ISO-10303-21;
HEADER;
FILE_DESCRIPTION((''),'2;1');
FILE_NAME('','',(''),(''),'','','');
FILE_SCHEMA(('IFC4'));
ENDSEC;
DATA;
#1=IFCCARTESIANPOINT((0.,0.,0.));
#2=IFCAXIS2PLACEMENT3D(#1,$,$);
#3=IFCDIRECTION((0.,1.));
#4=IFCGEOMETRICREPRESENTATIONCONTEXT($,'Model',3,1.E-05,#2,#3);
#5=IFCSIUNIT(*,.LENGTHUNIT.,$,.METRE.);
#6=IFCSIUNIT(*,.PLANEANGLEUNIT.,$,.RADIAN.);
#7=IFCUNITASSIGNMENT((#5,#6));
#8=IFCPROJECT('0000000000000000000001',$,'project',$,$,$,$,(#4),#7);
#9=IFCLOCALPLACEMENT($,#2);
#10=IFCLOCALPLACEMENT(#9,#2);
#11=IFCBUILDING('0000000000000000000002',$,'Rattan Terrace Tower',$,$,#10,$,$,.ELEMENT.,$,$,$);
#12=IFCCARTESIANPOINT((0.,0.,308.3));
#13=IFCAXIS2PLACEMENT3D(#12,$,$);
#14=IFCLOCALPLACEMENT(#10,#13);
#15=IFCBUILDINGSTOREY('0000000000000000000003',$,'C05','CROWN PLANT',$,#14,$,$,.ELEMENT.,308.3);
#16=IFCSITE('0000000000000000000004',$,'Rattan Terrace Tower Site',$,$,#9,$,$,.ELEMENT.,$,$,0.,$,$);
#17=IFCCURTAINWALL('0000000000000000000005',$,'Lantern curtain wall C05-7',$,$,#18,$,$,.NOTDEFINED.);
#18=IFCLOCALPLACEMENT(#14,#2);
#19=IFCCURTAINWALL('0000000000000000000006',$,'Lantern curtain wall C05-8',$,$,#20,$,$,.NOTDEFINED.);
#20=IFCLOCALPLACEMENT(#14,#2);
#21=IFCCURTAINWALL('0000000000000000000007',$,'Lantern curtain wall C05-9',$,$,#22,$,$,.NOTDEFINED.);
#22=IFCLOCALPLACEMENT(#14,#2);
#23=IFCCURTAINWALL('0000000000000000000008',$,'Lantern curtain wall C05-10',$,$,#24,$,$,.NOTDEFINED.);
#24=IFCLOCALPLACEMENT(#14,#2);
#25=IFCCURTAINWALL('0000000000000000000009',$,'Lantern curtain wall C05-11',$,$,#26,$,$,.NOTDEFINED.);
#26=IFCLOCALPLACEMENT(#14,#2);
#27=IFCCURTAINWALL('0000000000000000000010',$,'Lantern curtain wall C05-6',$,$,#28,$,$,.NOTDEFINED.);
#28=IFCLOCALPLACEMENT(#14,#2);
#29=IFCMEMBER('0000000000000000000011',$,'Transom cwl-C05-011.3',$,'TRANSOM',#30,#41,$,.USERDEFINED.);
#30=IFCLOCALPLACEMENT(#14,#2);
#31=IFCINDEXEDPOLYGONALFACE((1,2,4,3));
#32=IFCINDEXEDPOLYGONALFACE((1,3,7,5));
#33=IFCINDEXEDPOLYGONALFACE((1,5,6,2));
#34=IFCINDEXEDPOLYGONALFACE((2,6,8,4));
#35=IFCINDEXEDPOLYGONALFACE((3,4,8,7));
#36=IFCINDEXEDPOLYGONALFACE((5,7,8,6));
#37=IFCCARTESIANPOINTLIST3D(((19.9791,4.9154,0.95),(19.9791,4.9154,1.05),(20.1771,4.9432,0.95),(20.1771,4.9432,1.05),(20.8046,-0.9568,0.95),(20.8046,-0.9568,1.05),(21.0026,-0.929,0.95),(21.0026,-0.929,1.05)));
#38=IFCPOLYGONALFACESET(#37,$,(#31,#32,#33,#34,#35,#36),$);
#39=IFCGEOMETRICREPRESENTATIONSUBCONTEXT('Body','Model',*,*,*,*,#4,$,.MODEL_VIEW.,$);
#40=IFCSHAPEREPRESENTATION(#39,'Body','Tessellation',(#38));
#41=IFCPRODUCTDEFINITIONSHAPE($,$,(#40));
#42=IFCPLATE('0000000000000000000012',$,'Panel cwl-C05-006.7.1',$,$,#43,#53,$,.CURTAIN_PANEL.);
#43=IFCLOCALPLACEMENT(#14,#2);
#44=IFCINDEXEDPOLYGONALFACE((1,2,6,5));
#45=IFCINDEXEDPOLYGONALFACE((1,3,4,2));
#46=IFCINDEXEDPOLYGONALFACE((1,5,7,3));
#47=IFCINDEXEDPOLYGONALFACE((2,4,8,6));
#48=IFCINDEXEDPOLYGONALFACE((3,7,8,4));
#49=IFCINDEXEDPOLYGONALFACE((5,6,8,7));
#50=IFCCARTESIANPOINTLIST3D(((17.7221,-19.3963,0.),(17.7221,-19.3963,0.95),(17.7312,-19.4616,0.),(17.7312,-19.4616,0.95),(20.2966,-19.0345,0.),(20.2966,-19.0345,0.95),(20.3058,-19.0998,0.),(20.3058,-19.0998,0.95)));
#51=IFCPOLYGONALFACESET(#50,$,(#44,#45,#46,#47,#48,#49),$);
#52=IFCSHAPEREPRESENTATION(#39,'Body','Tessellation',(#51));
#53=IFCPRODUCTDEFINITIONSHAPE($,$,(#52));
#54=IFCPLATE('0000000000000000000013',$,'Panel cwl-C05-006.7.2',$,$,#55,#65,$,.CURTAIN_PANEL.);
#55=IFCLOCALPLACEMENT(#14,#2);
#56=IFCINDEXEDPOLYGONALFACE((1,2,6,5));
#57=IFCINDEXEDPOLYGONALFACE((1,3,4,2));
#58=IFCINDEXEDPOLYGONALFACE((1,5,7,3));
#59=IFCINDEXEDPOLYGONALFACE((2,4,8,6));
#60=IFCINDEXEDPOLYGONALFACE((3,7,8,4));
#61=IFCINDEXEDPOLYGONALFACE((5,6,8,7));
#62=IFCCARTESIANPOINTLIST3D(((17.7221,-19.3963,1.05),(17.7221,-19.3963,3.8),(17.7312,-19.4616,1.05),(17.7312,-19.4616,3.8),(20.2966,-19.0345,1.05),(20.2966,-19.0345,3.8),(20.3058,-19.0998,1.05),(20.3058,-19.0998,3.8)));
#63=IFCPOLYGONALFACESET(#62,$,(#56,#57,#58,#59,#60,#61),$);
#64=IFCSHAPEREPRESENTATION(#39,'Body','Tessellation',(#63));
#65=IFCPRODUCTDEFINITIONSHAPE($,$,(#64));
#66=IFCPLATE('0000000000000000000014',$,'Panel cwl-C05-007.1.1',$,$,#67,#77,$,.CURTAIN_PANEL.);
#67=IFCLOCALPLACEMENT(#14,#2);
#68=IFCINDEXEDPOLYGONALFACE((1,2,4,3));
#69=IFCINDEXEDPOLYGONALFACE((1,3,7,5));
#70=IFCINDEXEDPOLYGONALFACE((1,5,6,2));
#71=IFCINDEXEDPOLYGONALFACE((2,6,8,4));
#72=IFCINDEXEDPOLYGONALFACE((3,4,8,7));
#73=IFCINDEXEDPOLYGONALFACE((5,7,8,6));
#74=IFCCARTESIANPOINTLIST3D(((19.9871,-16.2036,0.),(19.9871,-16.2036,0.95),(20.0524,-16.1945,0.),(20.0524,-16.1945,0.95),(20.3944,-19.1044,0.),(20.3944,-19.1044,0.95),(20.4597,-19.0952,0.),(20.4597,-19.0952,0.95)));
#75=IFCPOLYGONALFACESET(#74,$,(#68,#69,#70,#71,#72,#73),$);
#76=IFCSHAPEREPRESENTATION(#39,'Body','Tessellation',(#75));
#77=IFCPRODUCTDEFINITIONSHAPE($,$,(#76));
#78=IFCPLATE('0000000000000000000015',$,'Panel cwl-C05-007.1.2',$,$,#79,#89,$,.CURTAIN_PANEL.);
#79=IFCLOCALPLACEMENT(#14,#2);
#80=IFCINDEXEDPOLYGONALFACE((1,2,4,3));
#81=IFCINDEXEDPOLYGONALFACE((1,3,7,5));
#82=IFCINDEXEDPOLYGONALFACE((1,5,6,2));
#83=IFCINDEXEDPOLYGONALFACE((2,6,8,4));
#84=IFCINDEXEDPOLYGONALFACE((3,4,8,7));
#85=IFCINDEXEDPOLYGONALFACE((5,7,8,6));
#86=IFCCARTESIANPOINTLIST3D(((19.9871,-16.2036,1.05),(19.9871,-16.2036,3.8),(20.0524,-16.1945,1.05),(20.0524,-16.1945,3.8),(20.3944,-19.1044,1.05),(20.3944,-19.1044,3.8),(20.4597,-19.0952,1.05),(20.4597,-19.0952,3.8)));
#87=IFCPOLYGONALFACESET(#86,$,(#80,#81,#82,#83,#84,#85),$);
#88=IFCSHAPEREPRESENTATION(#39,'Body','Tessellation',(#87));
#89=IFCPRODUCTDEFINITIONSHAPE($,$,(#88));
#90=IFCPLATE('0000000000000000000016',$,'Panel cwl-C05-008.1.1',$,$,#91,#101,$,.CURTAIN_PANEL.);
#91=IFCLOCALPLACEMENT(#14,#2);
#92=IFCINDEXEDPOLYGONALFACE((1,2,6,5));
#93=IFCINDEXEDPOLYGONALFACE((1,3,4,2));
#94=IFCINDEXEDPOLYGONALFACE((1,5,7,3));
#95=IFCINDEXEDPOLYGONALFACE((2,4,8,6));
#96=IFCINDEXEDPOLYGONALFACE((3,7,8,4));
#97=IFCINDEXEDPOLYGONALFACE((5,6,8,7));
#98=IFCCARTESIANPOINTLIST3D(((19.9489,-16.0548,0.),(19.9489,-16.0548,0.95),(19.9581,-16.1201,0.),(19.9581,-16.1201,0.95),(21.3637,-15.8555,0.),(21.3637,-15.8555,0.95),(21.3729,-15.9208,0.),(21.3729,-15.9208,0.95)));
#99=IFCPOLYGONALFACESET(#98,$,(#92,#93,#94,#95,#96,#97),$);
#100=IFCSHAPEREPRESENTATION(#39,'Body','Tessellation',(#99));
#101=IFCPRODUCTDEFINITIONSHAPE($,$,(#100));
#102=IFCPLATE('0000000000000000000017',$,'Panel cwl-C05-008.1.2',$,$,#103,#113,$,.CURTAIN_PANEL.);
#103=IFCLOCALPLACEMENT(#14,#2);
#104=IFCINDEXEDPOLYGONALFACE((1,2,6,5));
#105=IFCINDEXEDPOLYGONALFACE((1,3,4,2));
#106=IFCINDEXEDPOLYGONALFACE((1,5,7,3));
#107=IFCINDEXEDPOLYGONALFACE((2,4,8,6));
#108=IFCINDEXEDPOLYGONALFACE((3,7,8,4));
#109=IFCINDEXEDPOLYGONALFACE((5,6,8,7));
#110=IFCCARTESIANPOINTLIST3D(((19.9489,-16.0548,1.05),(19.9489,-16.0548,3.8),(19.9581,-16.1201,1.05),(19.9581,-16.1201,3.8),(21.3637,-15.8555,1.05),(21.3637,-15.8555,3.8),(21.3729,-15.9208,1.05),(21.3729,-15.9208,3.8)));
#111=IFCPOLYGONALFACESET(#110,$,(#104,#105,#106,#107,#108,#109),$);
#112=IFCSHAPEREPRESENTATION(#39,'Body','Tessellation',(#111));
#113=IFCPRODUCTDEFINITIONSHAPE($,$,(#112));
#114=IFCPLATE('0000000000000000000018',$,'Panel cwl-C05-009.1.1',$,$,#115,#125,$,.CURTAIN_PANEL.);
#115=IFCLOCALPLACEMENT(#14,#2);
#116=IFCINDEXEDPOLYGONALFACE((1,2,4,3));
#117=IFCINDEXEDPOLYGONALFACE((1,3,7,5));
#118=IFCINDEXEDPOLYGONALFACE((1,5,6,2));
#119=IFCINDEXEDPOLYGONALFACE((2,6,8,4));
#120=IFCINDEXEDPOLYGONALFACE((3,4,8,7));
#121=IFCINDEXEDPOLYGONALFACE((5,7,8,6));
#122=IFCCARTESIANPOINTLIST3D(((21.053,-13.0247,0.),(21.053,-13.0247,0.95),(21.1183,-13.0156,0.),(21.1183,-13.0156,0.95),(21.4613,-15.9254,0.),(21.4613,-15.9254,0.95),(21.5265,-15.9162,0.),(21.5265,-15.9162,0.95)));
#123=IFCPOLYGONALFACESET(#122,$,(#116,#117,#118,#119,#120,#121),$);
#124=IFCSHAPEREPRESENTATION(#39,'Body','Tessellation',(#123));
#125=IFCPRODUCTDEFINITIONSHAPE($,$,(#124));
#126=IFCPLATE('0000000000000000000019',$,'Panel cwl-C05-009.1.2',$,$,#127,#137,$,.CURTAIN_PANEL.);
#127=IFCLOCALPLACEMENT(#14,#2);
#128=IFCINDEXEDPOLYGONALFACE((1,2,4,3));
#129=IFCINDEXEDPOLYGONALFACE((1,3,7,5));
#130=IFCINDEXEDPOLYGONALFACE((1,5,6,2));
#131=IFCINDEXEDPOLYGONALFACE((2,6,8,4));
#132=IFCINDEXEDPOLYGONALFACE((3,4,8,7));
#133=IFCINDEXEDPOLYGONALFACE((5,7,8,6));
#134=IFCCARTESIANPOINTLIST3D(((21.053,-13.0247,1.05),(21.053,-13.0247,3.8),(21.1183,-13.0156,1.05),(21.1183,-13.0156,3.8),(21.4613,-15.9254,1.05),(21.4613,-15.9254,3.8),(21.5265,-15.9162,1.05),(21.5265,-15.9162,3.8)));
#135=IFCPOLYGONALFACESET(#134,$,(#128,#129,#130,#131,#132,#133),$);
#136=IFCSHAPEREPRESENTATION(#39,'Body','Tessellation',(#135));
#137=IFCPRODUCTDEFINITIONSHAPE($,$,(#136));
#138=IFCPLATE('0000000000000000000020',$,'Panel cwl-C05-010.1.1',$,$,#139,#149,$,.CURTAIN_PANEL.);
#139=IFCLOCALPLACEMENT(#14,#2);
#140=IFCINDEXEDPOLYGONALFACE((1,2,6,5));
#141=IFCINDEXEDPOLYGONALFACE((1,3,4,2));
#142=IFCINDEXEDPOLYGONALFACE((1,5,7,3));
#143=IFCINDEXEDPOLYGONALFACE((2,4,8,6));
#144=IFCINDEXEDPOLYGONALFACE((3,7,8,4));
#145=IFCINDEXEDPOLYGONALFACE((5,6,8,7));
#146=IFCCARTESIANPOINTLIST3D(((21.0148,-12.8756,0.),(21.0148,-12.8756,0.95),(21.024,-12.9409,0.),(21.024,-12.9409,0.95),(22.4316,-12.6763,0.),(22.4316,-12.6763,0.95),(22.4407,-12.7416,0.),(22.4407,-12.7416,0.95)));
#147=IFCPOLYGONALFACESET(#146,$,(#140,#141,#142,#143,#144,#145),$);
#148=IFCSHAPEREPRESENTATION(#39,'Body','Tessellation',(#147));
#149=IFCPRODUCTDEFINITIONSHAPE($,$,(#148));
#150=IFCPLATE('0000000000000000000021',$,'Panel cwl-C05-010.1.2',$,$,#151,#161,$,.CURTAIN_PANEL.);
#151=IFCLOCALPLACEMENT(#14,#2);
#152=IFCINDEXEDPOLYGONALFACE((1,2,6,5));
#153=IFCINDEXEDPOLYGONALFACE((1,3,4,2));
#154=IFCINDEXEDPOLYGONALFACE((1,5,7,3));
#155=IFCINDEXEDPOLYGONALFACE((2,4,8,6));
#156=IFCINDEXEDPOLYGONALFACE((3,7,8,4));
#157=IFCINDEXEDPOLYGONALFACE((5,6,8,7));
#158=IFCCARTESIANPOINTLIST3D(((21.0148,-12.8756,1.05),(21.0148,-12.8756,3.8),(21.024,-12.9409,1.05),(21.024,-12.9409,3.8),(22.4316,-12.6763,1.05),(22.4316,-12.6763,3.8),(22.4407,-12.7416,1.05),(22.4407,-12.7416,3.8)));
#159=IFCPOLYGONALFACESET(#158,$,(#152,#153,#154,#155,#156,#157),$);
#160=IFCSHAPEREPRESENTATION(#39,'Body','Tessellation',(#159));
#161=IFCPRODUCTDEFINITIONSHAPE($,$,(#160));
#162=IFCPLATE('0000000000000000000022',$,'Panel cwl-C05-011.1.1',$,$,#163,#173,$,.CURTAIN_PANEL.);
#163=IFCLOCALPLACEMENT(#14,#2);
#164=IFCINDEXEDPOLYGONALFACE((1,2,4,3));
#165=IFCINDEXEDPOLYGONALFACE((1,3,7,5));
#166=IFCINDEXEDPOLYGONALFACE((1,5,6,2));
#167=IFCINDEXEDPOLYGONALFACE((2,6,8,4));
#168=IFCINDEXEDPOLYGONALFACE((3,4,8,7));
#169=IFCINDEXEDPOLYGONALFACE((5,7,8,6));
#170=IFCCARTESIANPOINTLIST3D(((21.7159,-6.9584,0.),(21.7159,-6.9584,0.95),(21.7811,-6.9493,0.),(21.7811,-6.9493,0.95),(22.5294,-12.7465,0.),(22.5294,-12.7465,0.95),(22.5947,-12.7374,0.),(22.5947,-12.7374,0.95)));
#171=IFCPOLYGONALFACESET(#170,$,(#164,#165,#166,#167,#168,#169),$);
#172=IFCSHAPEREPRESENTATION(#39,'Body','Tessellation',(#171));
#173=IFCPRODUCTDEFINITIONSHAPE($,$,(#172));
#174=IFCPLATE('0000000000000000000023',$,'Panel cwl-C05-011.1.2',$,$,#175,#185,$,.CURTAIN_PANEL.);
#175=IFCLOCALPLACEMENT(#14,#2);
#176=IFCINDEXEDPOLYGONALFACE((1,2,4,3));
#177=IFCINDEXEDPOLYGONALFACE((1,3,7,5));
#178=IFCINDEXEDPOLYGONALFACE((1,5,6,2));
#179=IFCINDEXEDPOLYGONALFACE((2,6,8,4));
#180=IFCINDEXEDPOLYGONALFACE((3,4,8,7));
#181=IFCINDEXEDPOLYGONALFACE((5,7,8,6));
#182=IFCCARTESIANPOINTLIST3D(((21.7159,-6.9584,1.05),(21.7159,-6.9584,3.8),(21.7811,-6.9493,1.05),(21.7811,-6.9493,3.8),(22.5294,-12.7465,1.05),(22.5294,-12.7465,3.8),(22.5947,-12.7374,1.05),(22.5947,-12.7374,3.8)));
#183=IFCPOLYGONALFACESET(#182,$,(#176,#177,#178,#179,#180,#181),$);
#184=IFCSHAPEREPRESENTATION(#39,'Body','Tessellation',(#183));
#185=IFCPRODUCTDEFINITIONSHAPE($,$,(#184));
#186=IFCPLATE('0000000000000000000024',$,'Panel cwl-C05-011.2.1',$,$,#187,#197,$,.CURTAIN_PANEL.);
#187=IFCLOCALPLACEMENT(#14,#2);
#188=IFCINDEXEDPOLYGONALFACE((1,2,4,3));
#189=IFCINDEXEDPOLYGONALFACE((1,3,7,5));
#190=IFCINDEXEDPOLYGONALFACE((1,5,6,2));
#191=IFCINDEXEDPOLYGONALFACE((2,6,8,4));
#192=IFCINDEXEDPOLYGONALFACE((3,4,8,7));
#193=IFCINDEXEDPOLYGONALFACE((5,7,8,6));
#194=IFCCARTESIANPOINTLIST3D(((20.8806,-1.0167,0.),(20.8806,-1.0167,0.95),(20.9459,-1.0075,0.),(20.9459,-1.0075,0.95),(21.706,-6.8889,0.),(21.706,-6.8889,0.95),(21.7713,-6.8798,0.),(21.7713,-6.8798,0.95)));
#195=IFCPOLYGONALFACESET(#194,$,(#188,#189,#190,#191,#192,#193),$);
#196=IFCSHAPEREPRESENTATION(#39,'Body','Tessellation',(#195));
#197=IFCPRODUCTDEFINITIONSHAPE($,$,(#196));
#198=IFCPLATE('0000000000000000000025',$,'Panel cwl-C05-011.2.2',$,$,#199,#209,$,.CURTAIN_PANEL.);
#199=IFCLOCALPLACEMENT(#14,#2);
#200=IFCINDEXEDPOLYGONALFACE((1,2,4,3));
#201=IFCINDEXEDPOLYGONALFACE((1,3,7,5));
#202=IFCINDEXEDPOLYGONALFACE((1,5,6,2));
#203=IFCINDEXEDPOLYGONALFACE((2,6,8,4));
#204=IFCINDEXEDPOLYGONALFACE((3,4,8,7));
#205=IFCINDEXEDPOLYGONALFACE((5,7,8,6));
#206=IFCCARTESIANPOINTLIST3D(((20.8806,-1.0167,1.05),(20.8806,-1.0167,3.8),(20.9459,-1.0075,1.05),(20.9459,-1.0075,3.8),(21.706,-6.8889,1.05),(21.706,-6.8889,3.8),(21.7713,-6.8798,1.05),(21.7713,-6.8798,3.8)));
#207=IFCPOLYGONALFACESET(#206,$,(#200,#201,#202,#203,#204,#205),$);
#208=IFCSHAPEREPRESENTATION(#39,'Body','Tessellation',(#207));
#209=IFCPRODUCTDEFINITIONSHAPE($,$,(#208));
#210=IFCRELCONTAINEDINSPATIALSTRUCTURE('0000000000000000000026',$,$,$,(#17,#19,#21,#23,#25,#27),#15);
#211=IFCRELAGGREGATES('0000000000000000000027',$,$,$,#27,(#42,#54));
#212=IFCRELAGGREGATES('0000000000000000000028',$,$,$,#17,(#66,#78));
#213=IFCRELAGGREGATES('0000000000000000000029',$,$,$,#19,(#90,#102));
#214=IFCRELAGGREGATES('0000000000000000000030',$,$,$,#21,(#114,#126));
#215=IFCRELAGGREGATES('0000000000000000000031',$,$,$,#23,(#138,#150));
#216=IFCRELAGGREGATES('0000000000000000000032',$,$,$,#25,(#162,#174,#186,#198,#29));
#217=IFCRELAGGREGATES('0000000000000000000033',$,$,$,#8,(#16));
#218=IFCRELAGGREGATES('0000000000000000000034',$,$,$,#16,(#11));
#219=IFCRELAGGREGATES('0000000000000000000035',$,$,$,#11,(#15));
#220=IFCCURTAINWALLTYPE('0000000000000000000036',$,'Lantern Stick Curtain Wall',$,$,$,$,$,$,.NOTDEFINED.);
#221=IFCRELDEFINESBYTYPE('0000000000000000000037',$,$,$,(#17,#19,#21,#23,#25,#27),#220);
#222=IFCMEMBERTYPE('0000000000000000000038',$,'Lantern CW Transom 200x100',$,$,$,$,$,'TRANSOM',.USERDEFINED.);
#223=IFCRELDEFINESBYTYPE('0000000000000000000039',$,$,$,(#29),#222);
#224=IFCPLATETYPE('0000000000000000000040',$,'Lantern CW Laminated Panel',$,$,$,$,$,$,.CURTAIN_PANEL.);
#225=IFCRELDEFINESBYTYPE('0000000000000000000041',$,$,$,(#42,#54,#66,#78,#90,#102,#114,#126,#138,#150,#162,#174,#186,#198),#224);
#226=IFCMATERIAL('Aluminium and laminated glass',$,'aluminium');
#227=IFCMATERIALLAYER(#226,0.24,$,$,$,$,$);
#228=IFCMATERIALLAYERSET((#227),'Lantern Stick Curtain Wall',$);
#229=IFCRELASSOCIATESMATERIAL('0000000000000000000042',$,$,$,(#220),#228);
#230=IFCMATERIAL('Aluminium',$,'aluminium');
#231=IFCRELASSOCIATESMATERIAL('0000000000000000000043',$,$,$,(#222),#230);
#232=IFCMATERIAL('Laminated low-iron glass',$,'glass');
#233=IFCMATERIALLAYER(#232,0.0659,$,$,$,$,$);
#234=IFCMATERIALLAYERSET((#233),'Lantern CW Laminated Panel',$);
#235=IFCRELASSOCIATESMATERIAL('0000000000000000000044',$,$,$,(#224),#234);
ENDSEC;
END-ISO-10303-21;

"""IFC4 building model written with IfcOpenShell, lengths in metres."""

from ifc_helpers import new_model, si_unit, direction, frame, origin, origin_2d, place, context, subcontext, project, spatial, rectangle, extrude, material, layer, layer_set, material_profile, profile_set, type_object, element, aggregate, save


model = new_model("IFC4")

# Units and contexts
model_context = context("Model", 3, precision=1e-05, world=origin(), true_north=direction((0.0, 1.0)))
body_context = subcontext(model_context, "Body", "Model", "MODEL_VIEW")
ifc_project = project(units=[si_unit("LENGTHUNIT", "METRE"), si_unit("PLANEANGLEUNIT", "RADIAN")], contexts=[model_context])

# Site, building, storey
site_placement = place(None, origin())
site = spatial("IfcSite", under=ifc_project, at=site_placement, Name="Rattan Terrace Tower Site", CompositionType="ELEMENT", RefElevation=0.0)
building_placement = place(site_placement, origin())
building = spatial("IfcBuilding", under=site, at=building_placement, Name="Rattan Terrace Tower", CompositionType="ELEMENT")
storey_placement = place(building_placement, frame((0.0, 0.0, 308.3)))
storey = spatial("IfcBuildingStorey", under=building, at=storey_placement, Name="C05", Description="CROWN PLANT", CompositionType="ELEMENT", Elevation=308.3)

# Curtain walls
ifc_material_1 = material(Name="Aluminium and laminated glass", Category="aluminium")
ifc_layer_1 = layer(ifc_material_1, 0.24)
ifc_layer_set_1 = layer_set([ifc_layer_1], Name="Lantern Stick Curtain Wall")
curtain_wall_type = type_object("IfcCurtainWallType", Name="Lantern Stick Curtain Wall", PredefinedType="NOTDEFINED", material=ifc_layer_set_1)
curtain_wall_1_placement = place(storey_placement, origin())
curtain_wall_1 = element("IfcCurtainWall", 1, at=curtain_wall_1_placement, inside=storey, type_object=curtain_wall_type, Name="Lantern curtain wall C05-7", PredefinedType="NOTDEFINED")
curtain_wall_2_placement = place(storey_placement, origin())
curtain_wall_2 = element("IfcCurtainWall", 2, at=curtain_wall_2_placement, inside=storey, type_object=curtain_wall_type, Name="Lantern curtain wall C05-8", PredefinedType="NOTDEFINED")
curtain_wall_3_placement = place(storey_placement, origin())
curtain_wall_3 = element("IfcCurtainWall", 3, at=curtain_wall_3_placement, inside=storey, type_object=curtain_wall_type, Name="Lantern curtain wall C05-9", PredefinedType="NOTDEFINED")
curtain_wall_4_placement = place(storey_placement, origin())
curtain_wall_4 = element("IfcCurtainWall", 4, at=curtain_wall_4_placement, inside=storey, type_object=curtain_wall_type, Name="Lantern curtain wall C05-10", PredefinedType="NOTDEFINED")

# Curtain wall
curtain_wall_5_placement = place(storey_placement, origin())
curtain_wall_5 = element("IfcCurtainWall", 5, at=curtain_wall_5_placement, inside=storey, type_object=curtain_wall_type, Name="Lantern curtain wall C05-11", PredefinedType="NOTDEFINED")

# Curtain wall
curtain_wall_6_placement = place(storey_placement, origin())
curtain_wall_6 = element("IfcCurtainWall", 6, at=curtain_wall_6_placement, inside=storey, type_object=curtain_wall_type, Name="Lantern curtain wall C05-6", PredefinedType="NOTDEFINED")
ifc_material_2 = material(Name="Aluminium", Category="aluminium")
ifc_material_profile_1 = material_profile(ifc_material_2, rectangle(XDim=0.2, YDim=0.1001, at=origin_2d()), Name="Aluminium 200x100")
ifc_profile_set_1 = profile_set([ifc_material_profile_1], Name="Aluminium")
member_type_1 = type_object("IfcMemberType", Name="Lantern CW Transom 200x100", ElementType="TRANSOM", PredefinedType="USERDEFINED", material=ifc_profile_set_1)

# Member
member_1_placement = place(storey_placement, frame((20.9036, -0.9429, 1.0), z_axis=(-0.139196, 0.990265, 0.0), x_axis=(-0.990265, -0.139196, 0.0)))
member_1 = element("IfcMember", 7, at=member_1_placement, type_object=member_type_1, Name="Transom cwl-C05-011.3", ObjectType="TRANSOM", PredefinedType="USERDEFINED", context=body_context, shape_type="SweptSolid", body=[
    extrude(rectangle(XDim=0.2, YDim=0.1001, at=origin_2d()), origin(), (0.0, 0.0, 1.0), 5.9299),
])

# Plates
ifc_material_3 = material(Name="Laminated low-iron glass", Category="glass")
ifc_layer_2 = layer(ifc_material_3, 0.0659)
ifc_layer_set_2 = layer_set([ifc_layer_2], Name="Lantern CW Laminated Panel")
plate_type = type_object("IfcPlateType", Name="Lantern CW Laminated Panel", PredefinedType="CURTAIN_PANEL", material=ifc_layer_set_2)
plate_1_placement = place(storey_placement, frame((19.0139, -19.248, 0.0), z_axis=(0.0, 0.0, 1.0), x_axis=(0.990267, 0.139181, 0.0)))
plate_1 = element("IfcPlate", 8, at=plate_1_placement, type_object=plate_type, Name="Panel cwl-C05-006.7.1", PredefinedType="CURTAIN_PANEL", context=body_context, shape_type="SweptSolid", body=[
    extrude(rectangle(XDim=2.5999, YDim=0.0659, at=origin_2d()), origin(), (0.0, 0.0, 1.0), 0.95),
])
plate_2_placement = place(storey_placement, frame((19.0139, -19.248, 1.05), z_axis=(0.0, 0.0, 1.0), x_axis=(0.990267, 0.139181, 0.0)))
plate_2 = element("IfcPlate", 9, at=plate_2_placement, type_object=plate_type, Name="Panel cwl-C05-006.7.2", PredefinedType="CURTAIN_PANEL", context=body_context, shape_type="SweptSolid", body=[
    extrude(rectangle(XDim=2.5999, YDim=0.0659, at=origin_2d()), origin(), (0.0, 0.0, 1.0), 2.75),
])
aggregate(curtain_wall_6, [plate_1, plate_2])
plate_3_placement = place(storey_placement, frame((20.2234, -17.6494, 0.0), z_axis=(0.0, 0.0, 1.0), x_axis=(-0.13904, 0.990287, 0.0)))
plate_3 = element("IfcPlate", 10, at=plate_3_placement, type_object=plate_type, Name="Panel cwl-C05-007.1.1", PredefinedType="CURTAIN_PANEL", context=body_context, shape_type="SweptSolid", body=[
    extrude(rectangle(XDim=2.9292, YDim=0.0659, at=origin_2d()), origin(), (0.0, 0.0, 1.0), 0.95),
])
plate_4_placement = place(storey_placement, frame((20.2234, -17.6494, 1.05), z_axis=(0.0, 0.0, 1.0), x_axis=(-0.13904, 0.990287, 0.0)))
plate_4 = element("IfcPlate", 11, at=plate_4_placement, type_object=plate_type, Name="Panel cwl-C05-007.1.2", PredefinedType="CURTAIN_PANEL", context=body_context, shape_type="SweptSolid", body=[
    extrude(rectangle(XDim=2.9292, YDim=0.0659, at=origin_2d()), origin(), (0.0, 0.0, 1.0), 2.75),
])
aggregate(curtain_wall_1, [plate_3, plate_4])
plate_5_placement = place(storey_placement, frame((20.6609, -15.9878, 0.0), z_axis=(0.0, 0.0, 1.0), x_axis=(0.990228, 0.139459, 0.0)))
plate_5 = element("IfcPlate", 12, at=plate_5_placement, type_object=plate_type, Name="Panel cwl-C05-008.1.1", PredefinedType="CURTAIN_PANEL", context=body_context, shape_type="SweptSolid", body=[
    extrude(rectangle(XDim=1.4287, YDim=0.0659, at=origin_2d()), origin(), (0.0, 0.0, 1.0), 0.95),
])
plate_6_placement = place(storey_placement, frame((20.6609, -15.9878, 1.05), z_axis=(0.0, 0.0, 1.0), x_axis=(0.990228, 0.139459, 0.0)))
plate_6 = element("IfcPlate", 13, at=plate_6_placement, type_object=plate_type, Name="Panel cwl-C05-008.1.2", PredefinedType="CURTAIN_PANEL", context=body_context, shape_type="SweptSolid", body=[
    extrude(rectangle(XDim=1.4287, YDim=0.0659, at=origin_2d()), origin(), (0.0, 0.0, 1.0), 2.75),
])
aggregate(curtain_wall_2, [plate_5, plate_6])
plate_7_placement = place(storey_placement, frame((21.2898, -14.4705, 0.0), z_axis=(0.0, 0.0, 1.0), x_axis=(-0.139367, 0.990241, 0.0)))
plate_7 = element("IfcPlate", 14, at=plate_7_placement, type_object=plate_type, Name="Panel cwl-C05-009.1.1", PredefinedType="CURTAIN_PANEL", context=body_context, shape_type="SweptSolid", body=[
    extrude(rectangle(XDim=2.9292, YDim=0.0659, at=origin_2d()), origin(), (0.0, 0.0, 1.0), 0.95),
])
plate_8_placement = place(storey_placement, frame((21.2898, -14.4705, 1.05), z_axis=(0.0, 0.0, 1.0), x_axis=(-0.139367, 0.990241, 0.0)))
plate_8 = element("IfcPlate", 15, at=plate_8_placement, type_object=plate_type, Name="Panel cwl-C05-009.1.2", PredefinedType="CURTAIN_PANEL", context=body_context, shape_type="SweptSolid", body=[
    extrude(rectangle(XDim=2.9292, YDim=0.0659, at=origin_2d()), origin(), (0.0, 0.0, 1.0), 2.75),
])
aggregate(curtain_wall_3, [plate_7, plate_8])
plate_9_placement = place(storey_placement, frame((21.7278, -12.8086, 0.0), z_axis=(0.0, 0.0, 1.0), x_axis=(0.990254, 0.139275, 0.0)))
plate_9 = element("IfcPlate", 16, at=plate_9_placement, type_object=plate_type, Name="Panel cwl-C05-010.1.1", PredefinedType="CURTAIN_PANEL", context=body_context, shape_type="SweptSolid", body=[
    extrude(rectangle(XDim=1.4307, YDim=0.0659, at=origin_2d()), origin(), (0.0, 0.0, 1.0), 0.95),
])
plate_10_placement = place(storey_placement, frame((21.7278, -12.8086, 1.05), z_axis=(0.0, 0.0, 1.0), x_axis=(0.990254, 0.139275, 0.0)))
plate_10 = element("IfcPlate", 17, at=plate_10_placement, type_object=plate_type, Name="Panel cwl-C05-010.1.2", PredefinedType="CURTAIN_PANEL", context=body_context, shape_type="SweptSolid", body=[
    extrude(rectangle(XDim=1.4307, YDim=0.0659, at=origin_2d()), origin(), (0.0, 0.0, 1.0), 2.75),
])
aggregate(curtain_wall_4, [plate_9, plate_10])
plate_11_placement = place(storey_placement, frame((22.1553, -9.8479, 0.0), z_axis=(0.0, 0.0, 1.0), x_axis=(-0.139188, 0.990266, 0.0)))
plate_11 = element("IfcPlate", 18, at=plate_11_placement, type_object=plate_type, Name="Panel cwl-C05-011.1.1", PredefinedType="CURTAIN_PANEL", context=body_context, shape_type="SweptSolid", body=[
    extrude(rectangle(XDim=5.845, YDim=0.0659, at=origin_2d()), origin(), (0.0, 0.0, 1.0), 0.95),
])
plate_12_placement = place(storey_placement, frame((22.1553, -9.8479, 1.05), z_axis=(0.0, 0.0, 1.0), x_axis=(-0.139188, 0.990266, 0.0)))
plate_12 = element("IfcPlate", 19, at=plate_12_placement, type_object=plate_type, Name="Panel cwl-C05-011.1.2", PredefinedType="CURTAIN_PANEL", context=body_context, shape_type="SweptSolid", body=[
    extrude(rectangle(XDim=5.845, YDim=0.0659, at=origin_2d()), origin(), (0.0, 0.0, 1.0), 2.75),
])
plate_13_placement = place(storey_placement, frame((21.3259, -3.9482, 0.0), z_axis=(0.0, 0.0, 1.0), x_axis=(-0.139188, 0.990266, 0.0)))
plate_13 = element("IfcPlate", 20, at=plate_13_placement, type_object=plate_type, Name="Panel cwl-C05-011.2.1", PredefinedType="CURTAIN_PANEL", context=body_context, shape_type="SweptSolid", body=[
    extrude(rectangle(XDim=5.9299, YDim=0.0659, at=origin_2d()), origin(), (0.0, 0.0, 1.0), 0.95),
])
plate_14_placement = place(storey_placement, frame((21.3259, -3.9482, 1.05), z_axis=(0.0, 0.0, 1.0), x_axis=(-0.139188, 0.990266, 0.0)))
plate_14 = element("IfcPlate", 21, at=plate_14_placement, type_object=plate_type, Name="Panel cwl-C05-011.2.2", PredefinedType="CURTAIN_PANEL", context=body_context, shape_type="SweptSolid", body=[
    extrude(rectangle(XDim=5.9299, YDim=0.0659, at=origin_2d()), origin(), (0.0, 0.0, 1.0), 2.75),
])
aggregate(curtain_wall_5, [plate_11, plate_12, plate_13, plate_14, member_1])

save(model, "model.ifc")
